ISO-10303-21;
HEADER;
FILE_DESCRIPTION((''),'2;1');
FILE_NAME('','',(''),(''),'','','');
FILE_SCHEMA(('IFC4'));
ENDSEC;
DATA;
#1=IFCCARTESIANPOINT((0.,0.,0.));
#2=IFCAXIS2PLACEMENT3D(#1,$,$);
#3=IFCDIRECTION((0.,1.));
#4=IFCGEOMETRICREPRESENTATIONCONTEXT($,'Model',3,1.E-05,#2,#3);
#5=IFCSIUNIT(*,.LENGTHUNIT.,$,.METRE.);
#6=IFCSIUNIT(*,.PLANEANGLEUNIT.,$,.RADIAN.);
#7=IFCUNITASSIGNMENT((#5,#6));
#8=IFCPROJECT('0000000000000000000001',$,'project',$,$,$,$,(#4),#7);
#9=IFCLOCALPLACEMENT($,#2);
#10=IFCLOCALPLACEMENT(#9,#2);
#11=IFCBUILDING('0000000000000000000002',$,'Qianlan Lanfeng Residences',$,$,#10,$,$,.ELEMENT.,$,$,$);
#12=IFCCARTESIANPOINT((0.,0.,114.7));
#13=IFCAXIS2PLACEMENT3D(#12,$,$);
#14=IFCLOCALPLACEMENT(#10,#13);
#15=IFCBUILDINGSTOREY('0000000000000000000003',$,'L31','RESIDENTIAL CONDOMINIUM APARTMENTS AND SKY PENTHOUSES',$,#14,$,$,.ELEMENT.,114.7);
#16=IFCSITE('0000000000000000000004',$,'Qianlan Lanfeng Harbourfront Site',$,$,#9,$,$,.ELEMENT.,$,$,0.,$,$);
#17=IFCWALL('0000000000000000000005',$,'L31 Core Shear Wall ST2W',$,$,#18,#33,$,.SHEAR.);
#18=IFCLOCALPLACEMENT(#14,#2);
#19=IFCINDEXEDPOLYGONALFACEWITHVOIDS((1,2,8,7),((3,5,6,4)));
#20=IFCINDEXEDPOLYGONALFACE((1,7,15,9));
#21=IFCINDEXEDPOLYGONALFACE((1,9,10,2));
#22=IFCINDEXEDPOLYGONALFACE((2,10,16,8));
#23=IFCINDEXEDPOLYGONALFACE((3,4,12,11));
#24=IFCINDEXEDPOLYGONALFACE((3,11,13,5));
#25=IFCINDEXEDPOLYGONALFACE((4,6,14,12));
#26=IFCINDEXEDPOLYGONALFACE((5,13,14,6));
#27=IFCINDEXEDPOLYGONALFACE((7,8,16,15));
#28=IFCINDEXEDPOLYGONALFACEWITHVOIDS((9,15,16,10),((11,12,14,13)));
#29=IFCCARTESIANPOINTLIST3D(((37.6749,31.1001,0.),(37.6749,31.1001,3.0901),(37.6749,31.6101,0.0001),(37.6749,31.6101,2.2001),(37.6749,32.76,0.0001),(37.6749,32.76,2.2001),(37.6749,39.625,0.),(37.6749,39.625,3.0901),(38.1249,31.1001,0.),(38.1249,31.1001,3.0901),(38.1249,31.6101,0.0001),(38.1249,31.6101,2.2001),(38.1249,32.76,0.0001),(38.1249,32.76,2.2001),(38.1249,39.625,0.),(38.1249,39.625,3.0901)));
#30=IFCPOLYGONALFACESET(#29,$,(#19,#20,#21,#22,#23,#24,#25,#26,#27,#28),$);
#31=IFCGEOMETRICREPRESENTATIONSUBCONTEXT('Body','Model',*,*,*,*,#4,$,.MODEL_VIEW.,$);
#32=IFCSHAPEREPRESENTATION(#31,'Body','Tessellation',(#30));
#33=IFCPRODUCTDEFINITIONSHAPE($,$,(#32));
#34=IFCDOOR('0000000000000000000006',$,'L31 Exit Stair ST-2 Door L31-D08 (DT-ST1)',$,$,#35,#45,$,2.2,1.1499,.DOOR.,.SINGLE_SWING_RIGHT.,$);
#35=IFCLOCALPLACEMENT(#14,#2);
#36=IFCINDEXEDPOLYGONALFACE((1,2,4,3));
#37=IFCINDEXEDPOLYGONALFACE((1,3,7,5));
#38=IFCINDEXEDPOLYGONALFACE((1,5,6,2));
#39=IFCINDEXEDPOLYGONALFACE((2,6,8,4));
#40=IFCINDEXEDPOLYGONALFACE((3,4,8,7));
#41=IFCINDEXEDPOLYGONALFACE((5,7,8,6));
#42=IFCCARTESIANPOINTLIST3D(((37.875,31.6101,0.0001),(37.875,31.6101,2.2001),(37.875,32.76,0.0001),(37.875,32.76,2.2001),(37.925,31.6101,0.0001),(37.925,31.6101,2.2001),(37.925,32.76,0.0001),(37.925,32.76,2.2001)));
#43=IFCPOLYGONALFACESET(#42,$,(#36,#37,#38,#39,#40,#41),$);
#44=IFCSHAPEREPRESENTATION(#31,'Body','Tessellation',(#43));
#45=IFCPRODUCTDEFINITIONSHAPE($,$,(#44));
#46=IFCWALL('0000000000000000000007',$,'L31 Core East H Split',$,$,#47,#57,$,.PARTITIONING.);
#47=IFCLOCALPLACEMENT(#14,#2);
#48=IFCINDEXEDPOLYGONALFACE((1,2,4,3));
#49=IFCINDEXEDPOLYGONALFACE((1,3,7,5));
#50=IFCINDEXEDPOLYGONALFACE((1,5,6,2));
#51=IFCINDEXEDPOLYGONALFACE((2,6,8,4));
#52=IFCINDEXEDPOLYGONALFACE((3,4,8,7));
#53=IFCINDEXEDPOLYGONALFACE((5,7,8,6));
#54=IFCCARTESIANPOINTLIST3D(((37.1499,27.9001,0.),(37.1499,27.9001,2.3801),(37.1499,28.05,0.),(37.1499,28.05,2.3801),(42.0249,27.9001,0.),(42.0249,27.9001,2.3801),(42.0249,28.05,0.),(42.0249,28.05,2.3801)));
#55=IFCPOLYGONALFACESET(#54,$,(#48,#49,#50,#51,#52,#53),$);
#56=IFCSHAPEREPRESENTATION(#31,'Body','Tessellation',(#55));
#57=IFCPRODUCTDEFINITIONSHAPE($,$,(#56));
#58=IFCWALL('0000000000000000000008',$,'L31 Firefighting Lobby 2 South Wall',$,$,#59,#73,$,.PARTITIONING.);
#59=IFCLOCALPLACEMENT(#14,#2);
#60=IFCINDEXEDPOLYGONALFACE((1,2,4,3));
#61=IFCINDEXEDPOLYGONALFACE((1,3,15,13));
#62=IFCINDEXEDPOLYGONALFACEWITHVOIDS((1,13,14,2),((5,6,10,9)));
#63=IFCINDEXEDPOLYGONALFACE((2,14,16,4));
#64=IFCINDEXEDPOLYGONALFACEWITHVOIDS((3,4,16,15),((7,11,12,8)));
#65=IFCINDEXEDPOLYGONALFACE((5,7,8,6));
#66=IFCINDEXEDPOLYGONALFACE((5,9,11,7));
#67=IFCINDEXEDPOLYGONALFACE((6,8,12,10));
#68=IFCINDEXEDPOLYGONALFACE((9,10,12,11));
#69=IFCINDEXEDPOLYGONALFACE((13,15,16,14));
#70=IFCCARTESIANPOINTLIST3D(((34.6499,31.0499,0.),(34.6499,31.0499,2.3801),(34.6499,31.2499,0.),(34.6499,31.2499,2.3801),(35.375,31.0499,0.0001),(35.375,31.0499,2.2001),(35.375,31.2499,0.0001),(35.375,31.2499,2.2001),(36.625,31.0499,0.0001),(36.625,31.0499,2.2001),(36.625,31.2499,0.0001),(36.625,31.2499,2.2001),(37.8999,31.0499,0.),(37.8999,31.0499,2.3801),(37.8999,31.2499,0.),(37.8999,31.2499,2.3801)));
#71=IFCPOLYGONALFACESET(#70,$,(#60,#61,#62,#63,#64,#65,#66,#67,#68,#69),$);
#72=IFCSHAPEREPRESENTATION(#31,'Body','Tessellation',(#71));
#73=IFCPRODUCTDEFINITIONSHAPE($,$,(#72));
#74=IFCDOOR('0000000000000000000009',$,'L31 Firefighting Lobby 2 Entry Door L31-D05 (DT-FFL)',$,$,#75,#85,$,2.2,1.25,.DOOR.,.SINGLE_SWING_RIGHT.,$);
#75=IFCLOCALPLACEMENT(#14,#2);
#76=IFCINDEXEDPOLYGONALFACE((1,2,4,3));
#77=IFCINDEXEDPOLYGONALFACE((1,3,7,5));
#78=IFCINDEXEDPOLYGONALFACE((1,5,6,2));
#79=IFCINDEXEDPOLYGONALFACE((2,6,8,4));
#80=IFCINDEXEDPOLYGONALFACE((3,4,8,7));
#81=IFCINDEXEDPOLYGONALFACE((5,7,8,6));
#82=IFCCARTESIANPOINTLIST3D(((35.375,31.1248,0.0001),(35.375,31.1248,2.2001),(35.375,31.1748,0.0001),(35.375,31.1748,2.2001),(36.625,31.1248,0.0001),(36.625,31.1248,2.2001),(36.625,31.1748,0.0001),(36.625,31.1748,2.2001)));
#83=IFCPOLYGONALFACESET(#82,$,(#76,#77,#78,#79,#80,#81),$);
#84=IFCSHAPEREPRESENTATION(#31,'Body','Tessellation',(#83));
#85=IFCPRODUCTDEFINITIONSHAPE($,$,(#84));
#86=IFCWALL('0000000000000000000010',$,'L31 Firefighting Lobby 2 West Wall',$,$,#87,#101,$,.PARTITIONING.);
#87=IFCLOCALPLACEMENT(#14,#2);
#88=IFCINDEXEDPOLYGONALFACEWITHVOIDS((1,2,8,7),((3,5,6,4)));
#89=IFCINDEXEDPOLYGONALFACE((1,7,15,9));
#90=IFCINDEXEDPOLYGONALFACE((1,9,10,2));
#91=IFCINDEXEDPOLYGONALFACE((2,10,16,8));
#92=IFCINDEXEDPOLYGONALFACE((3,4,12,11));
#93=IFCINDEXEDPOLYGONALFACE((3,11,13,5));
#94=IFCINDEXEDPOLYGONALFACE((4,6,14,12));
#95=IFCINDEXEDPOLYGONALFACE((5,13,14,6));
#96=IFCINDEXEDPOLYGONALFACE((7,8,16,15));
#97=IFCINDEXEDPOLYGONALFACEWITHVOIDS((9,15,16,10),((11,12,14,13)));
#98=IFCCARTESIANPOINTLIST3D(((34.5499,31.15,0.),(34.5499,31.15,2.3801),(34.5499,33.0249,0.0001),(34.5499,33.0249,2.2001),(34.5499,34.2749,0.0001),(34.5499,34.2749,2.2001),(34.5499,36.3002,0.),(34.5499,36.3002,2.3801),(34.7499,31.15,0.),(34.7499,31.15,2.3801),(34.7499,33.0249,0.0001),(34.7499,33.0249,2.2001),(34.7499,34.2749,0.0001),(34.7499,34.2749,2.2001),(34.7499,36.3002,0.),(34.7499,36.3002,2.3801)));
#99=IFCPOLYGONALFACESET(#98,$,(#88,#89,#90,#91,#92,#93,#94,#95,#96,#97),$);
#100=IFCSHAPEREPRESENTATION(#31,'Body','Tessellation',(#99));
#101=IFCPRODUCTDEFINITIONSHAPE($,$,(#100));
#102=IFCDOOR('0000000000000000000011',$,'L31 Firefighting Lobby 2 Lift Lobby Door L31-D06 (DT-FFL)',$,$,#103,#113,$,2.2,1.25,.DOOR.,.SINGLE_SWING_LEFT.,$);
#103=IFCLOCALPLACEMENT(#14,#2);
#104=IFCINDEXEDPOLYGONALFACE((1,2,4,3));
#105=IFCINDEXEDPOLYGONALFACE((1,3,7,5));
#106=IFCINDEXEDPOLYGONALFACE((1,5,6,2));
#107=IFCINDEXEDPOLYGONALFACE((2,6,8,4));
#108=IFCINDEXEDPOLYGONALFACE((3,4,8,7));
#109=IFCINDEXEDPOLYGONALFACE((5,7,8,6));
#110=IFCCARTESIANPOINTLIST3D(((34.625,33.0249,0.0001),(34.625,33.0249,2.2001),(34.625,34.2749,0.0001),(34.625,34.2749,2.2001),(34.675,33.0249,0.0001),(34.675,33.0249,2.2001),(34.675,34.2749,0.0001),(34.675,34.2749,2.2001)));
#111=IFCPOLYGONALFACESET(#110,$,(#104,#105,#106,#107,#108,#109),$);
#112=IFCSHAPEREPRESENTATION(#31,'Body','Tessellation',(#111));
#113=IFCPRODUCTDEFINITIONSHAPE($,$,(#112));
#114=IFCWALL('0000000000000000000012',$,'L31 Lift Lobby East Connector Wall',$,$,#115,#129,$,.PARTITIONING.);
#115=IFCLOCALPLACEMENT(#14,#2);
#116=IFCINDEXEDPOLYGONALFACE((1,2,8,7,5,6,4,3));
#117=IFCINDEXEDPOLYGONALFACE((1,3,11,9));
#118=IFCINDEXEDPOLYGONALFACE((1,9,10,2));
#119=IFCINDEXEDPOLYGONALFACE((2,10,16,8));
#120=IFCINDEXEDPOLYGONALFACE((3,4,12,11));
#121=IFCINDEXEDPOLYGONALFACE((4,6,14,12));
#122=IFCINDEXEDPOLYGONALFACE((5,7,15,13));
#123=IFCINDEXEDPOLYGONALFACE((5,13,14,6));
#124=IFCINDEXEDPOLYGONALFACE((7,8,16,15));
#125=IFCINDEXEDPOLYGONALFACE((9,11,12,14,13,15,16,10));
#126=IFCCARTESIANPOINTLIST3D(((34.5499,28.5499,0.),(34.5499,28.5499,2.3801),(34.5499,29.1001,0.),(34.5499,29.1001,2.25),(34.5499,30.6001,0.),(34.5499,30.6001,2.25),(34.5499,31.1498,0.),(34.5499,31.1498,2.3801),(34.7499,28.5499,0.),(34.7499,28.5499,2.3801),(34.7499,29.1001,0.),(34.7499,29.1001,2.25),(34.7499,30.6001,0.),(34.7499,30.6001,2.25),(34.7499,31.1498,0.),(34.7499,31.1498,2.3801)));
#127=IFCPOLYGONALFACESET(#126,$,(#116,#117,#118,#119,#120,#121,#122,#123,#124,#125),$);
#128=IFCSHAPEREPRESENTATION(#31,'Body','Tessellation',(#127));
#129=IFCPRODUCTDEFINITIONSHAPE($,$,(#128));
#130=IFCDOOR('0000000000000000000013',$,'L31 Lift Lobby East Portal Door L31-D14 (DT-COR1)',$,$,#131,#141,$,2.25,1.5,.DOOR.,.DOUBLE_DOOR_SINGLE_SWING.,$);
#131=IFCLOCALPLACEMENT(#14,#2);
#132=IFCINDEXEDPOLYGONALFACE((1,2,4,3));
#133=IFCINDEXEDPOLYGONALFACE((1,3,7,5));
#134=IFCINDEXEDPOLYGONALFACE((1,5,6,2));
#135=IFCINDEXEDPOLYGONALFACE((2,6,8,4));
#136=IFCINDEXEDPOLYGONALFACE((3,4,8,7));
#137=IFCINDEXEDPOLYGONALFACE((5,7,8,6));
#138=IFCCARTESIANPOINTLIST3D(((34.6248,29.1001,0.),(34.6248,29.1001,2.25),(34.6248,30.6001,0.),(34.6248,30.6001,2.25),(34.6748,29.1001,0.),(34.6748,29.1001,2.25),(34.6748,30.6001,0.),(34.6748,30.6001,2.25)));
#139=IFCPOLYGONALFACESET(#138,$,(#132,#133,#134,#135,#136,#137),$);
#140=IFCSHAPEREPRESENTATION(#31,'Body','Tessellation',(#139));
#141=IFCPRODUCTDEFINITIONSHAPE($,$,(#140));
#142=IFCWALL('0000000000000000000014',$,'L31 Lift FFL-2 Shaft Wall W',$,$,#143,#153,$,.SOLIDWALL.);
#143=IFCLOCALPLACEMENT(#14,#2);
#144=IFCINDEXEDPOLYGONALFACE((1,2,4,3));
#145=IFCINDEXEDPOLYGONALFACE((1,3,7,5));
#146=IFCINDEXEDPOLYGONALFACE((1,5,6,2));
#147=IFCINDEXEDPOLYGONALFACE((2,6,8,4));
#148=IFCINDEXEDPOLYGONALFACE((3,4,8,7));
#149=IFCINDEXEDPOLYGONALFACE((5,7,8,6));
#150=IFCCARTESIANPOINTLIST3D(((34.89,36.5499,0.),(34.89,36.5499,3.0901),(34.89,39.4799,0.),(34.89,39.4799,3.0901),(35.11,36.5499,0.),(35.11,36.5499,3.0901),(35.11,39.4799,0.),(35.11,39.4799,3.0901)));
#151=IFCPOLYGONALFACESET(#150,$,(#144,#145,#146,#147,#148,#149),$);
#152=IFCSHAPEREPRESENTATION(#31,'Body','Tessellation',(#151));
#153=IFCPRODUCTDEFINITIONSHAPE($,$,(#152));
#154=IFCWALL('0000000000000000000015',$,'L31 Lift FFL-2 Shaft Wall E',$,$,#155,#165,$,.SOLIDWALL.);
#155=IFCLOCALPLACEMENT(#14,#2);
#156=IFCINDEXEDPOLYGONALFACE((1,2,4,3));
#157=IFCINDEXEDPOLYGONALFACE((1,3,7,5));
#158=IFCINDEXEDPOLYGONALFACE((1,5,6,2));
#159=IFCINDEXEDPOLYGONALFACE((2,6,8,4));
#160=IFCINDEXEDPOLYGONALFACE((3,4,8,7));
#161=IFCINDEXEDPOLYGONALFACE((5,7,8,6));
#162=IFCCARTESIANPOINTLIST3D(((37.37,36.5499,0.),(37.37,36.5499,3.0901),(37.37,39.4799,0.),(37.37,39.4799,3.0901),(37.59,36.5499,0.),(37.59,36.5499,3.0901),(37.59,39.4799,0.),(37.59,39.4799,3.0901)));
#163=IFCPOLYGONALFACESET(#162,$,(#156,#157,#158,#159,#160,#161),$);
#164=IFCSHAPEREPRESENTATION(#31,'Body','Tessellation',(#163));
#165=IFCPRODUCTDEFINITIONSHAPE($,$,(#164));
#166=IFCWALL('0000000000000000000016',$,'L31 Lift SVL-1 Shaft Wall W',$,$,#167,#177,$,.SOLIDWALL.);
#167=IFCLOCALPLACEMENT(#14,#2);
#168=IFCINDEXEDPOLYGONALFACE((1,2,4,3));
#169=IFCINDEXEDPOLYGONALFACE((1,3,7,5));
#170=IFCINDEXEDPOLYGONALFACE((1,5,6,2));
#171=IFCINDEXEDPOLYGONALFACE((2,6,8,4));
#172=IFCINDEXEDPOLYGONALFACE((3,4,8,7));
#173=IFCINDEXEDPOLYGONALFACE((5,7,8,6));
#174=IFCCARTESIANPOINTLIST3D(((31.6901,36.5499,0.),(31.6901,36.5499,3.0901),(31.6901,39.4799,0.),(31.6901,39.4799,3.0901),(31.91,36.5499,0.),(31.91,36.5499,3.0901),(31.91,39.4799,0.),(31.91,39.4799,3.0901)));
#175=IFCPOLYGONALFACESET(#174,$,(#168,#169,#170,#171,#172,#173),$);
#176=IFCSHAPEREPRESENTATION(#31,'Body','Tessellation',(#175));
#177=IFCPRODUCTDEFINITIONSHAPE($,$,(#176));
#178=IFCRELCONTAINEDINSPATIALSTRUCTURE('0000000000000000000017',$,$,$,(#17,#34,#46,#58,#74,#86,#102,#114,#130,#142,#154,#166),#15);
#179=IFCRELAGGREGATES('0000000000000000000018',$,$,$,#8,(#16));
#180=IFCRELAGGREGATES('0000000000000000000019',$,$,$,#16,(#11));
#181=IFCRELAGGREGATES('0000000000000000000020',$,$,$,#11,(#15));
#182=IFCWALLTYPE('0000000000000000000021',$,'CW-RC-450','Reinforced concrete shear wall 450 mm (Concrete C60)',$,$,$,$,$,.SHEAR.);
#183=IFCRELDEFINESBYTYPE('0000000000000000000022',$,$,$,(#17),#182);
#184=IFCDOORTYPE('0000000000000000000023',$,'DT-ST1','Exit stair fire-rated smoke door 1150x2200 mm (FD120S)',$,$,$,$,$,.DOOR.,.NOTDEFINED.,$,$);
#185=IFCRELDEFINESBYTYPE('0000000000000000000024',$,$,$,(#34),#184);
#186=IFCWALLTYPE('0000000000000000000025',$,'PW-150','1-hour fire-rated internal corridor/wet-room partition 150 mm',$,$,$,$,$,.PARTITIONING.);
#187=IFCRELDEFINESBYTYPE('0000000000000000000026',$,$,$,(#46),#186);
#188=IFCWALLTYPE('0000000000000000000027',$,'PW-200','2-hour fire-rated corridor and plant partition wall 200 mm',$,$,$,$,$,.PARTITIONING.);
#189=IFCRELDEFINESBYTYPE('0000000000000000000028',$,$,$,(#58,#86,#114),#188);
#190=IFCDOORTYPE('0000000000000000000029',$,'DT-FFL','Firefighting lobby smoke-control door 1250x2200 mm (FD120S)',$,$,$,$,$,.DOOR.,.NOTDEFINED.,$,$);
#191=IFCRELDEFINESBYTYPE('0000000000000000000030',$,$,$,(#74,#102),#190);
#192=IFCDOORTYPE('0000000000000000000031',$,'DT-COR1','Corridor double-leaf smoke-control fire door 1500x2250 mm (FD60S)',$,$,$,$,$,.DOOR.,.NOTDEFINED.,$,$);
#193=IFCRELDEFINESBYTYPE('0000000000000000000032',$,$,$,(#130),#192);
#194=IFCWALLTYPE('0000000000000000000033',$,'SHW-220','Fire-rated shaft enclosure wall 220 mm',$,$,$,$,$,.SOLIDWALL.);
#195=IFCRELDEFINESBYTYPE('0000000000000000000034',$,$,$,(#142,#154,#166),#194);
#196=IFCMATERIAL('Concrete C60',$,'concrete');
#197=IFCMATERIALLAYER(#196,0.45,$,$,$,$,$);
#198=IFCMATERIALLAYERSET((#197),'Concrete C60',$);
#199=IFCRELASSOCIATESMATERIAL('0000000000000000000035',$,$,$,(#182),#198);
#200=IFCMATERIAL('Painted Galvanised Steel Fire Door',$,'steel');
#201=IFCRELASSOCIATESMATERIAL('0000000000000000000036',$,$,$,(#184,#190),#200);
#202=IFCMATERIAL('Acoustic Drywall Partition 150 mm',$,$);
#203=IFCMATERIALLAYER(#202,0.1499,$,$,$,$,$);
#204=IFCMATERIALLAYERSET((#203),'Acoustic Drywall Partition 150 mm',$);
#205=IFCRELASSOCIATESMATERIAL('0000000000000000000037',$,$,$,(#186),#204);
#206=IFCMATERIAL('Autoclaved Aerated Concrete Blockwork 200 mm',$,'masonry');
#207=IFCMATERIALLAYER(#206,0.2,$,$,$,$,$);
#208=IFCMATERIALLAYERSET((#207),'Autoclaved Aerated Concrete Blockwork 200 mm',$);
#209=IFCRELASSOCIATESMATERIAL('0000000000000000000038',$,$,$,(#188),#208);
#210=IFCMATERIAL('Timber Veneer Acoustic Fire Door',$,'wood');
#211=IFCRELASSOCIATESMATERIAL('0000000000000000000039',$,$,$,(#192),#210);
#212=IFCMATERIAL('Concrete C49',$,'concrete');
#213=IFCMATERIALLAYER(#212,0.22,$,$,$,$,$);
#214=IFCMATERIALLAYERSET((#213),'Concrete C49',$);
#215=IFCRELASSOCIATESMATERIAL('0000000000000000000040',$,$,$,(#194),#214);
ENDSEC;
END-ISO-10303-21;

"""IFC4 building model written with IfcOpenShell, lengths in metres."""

from ifc_helpers import new_model, si_unit, direction, frame, frame_2d, origin, place, context, subcontext, project, spatial, rectangle, extrude, material, layer, layer_set, type_object, element, fill, save


model = new_model("IFC4")

# Units and contexts
model_context = context("Model", 3, precision=1e-05, world=origin(), true_north=direction((0.0, 1.0)))
body_context = subcontext(model_context, "Body", "Model", "MODEL_VIEW")
ifc_project = project(units=[si_unit("LENGTHUNIT", "METRE"), si_unit("PLANEANGLEUNIT", "RADIAN")], contexts=[model_context])

# Site, building, storey
site_placement = place(None, origin())
site = spatial("IfcSite", under=ifc_project, at=site_placement, Name="Qianlan Lanfeng Harbourfront Site", CompositionType="ELEMENT", RefElevation=0.0)
building_placement = place(site_placement, origin())
building = spatial("IfcBuilding", under=site, at=building_placement, Name="Qianlan Lanfeng Residences", CompositionType="ELEMENT")
storey_placement = place(building_placement, frame((0.0, 0.0, 114.7)))
storey = spatial("IfcBuildingStorey", under=building, at=storey_placement, Name="L31", Description="RESIDENTIAL CONDOMINIUM APARTMENTS AND SKY PENTHOUSES", CompositionType="ELEMENT", Elevation=114.7)

# Wall, opening, door
ifc_material_1 = material(Name="Concrete C60", Category="concrete")
ifc_layer_1 = layer(ifc_material_1, 0.45)
ifc_layer_set_1 = layer_set([ifc_layer_1], Name="Concrete C60")
wall_type_1 = type_object("IfcWallType", Name="CW-RC-450", Description="Reinforced concrete shear wall 450 mm (Concrete C60)", PredefinedType="SHEAR", material=ifc_layer_set_1)
wall_1_placement = place(storey_placement, frame((37.8999, 31.1001, 0.0), z_axis=(0.0, 0.0, 1.0), x_axis=(0.0, 1.0, 0.0)))
wall_1 = element("IfcWall", 1, at=wall_1_placement, inside=storey, type_object=wall_type_1, Name="L31 Core Shear Wall ST2W", PredefinedType="SHEAR", context=body_context, shape_type="SweptSolid", body=[
    extrude(rectangle(XDim=8.5249, YDim=0.45, at=frame_2d((4.2625, 0.0))), origin(), (0.0, 0.0, 1.0), 3.0901),
])
opening_1_placement = place(wall_1_placement, frame((0.51, 0.0, 0.0)))
opening_1 = element("IfcOpeningElement", 2, at=opening_1_placement, cuts=wall_1, PredefinedType="OPENING", context=body_context, shape_type="SweptSolid", body=[
    extrude(rectangle(XDim=1.1499, YDim=2.2, at=frame_2d((0.575, 1.1001))), frame((0.0, 0.2349, 0.0), z_axis=(0.0, -1.0, 0.0), x_axis=(1.0, 0.0, 0.0)), (0.0, 0.0, 1.0), 0.47),
])
ifc_material_2 = material(Name="Painted Galvanised Steel Fire Door", Category="steel")
door_type_1 = type_object("IfcDoorType", Name="DT-ST1", Description="Exit stair fire-rated smoke door 1150x2200 mm (FD120S)", OperationType="NOTDEFINED", PredefinedType="DOOR", material=ifc_material_2)
door_1_placement = place(opening_1_placement, origin())
door_1 = element("IfcDoor", 3, at=door_1_placement, inside=storey, type_object=door_type_1, Name="L31 Exit Stair ST-2 Door L31-D08 (DT-ST1)", OperationType="SINGLE_SWING_RIGHT", OverallHeight=2.2, OverallWidth=1.1499, PredefinedType="DOOR", context=body_context, shape_type="SweptSolid", body=[
    extrude(rectangle(XDim=1.1499, YDim=2.2, at=frame_2d((0.575, 1.1001))), frame((0.0, 0.0249, 0.0), z_axis=(0.0, -1.0, 0.0), x_axis=(1.0, 0.0, 0.0)), (0.0, 0.0, 1.0), 0.05),
])
fill(opening_1, door_1)

# Wall
ifc_material_3 = material(Name="Acoustic Drywall Partition 150 mm")
ifc_layer_2 = layer(ifc_material_3, 0.1499)
ifc_layer_set_2 = layer_set([ifc_layer_2], Name="Acoustic Drywall Partition 150 mm")
wall_type_2 = type_object("IfcWallType", Name="PW-150", Description="1-hour fire-rated internal corridor/wet-room partition 150 mm", PredefinedType="PARTITIONING", material=ifc_layer_set_2)
wall_2_placement = place(storey_placement, frame((37.1499, 27.9751, 0.0), z_axis=(0.0, 0.0, 1.0), x_axis=(1.0, 0.0, 0.0)))
element("IfcWall", 4, at=wall_2_placement, inside=storey, type_object=wall_type_2, Name="L31 Core East H Split", PredefinedType="PARTITIONING", context=body_context, shape_type="SweptSolid", body=[
    extrude(rectangle(XDim=4.875, YDim=0.1499, at=frame_2d((2.4375, 0.0))), origin(), (0.0, 0.0, 1.0), 2.3801),
])

# Walls, openings, doors
ifc_material_4 = material(Name="Autoclaved Aerated Concrete Blockwork 200 mm", Category="masonry")
ifc_layer_3 = layer(ifc_material_4, 0.2)
ifc_layer_set_3 = layer_set([ifc_layer_3], Name="Autoclaved Aerated Concrete Blockwork 200 mm")
wall_type_3 = type_object("IfcWallType", Name="PW-200", Description="2-hour fire-rated corridor and plant partition wall 200 mm", PredefinedType="PARTITIONING", material=ifc_layer_set_3)
wall_3_placement = place(storey_placement, frame((34.6499, 31.1499, 0.0), z_axis=(0.0, 0.0, 1.0), x_axis=(1.0, 0.0, 0.0)))
wall_3 = element("IfcWall", 5, at=wall_3_placement, inside=storey, type_object=wall_type_3, Name="L31 Firefighting Lobby 2 South Wall", PredefinedType="PARTITIONING", context=body_context, shape_type="SweptSolid", body=[
    extrude(rectangle(XDim=3.25, YDim=0.2, at=frame_2d((1.625, 0.0))), origin(), (0.0, 0.0, 1.0), 2.3801),
])
opening_2_placement = place(wall_3_placement, frame((0.7251, 0.0, 0.0)))
opening_2 = element("IfcOpeningElement", 6, at=opening_2_placement, cuts=wall_3, PredefinedType="OPENING", context=body_context, shape_type="SweptSolid", body=[
    extrude(rectangle(XDim=1.25, YDim=2.2, at=frame_2d((0.625, 1.1001))), frame((0.0, 0.1099, 0.0), z_axis=(0.0, -1.0, 0.0), x_axis=(1.0, 0.0, 0.0)), (0.0, 0.0, 1.0), 0.22),
])
door_type_2 = type_object("IfcDoorType", Name="DT-FFL", Description="Firefighting lobby smoke-control door 1250x2200 mm (FD120S)", OperationType="NOTDEFINED", PredefinedType="DOOR", material=ifc_material_2)
door_2_placement = place(opening_2_placement, origin())
door_2 = element("IfcDoor", 7, at=door_2_placement, inside=storey, type_object=door_type_2, Name="L31 Firefighting Lobby 2 Entry Door L31-D05 (DT-FFL)", OperationType="SINGLE_SWING_RIGHT", OverallHeight=2.2, OverallWidth=1.25, PredefinedType="DOOR", context=body_context, shape_type="SweptSolid", body=[
    extrude(rectangle(XDim=1.25, YDim=2.2, at=frame_2d((0.625, 1.1001))), frame((0.0, 0.0249, 0.0), z_axis=(0.0, -1.0, 0.0), x_axis=(1.0, 0.0, 0.0)), (0.0, 0.0, 1.0), 0.05),
])
fill(opening_2, door_2)
wall_4_placement = place(storey_placement, frame((34.6499, 31.1499, 0.0), z_axis=(0.0, 0.0, 1.0), x_axis=(0.0, 1.0, 0.0)))
wall_4 = element("IfcWall", 8, at=wall_4_placement, inside=storey, type_object=wall_type_3, Name="L31 Firefighting Lobby 2 West Wall", PredefinedType="PARTITIONING", context=body_context, shape_type="SweptSolid", body=[
    extrude(rectangle(XDim=5.1501, YDim=0.2, at=frame_2d((2.5752, 0.0))), origin(), (0.0, 0.0, 1.0), 2.3801),
])
opening_3_placement = place(wall_4_placement, frame((1.875, 0.0, 0.0)))
opening_3 = element("IfcOpeningElement", 9, at=opening_3_placement, cuts=wall_4, PredefinedType="OPENING", context=body_context, shape_type="SweptSolid", body=[
    extrude(rectangle(XDim=1.25, YDim=2.2, at=frame_2d((0.625, 1.1001))), frame((0.0, 0.1099, 0.0), z_axis=(0.0, -1.0, 0.0), x_axis=(1.0, 0.0, 0.0)), (0.0, 0.0, 1.0), 0.22),
])
door_3_placement = place(opening_3_placement, origin())
door_3 = element("IfcDoor", 10, at=door_3_placement, inside=storey, type_object=door_type_2, Name="L31 Firefighting Lobby 2 Lift Lobby Door L31-D06 (DT-FFL)", OperationType="SINGLE_SWING_LEFT", OverallHeight=2.2, OverallWidth=1.25, PredefinedType="DOOR", context=body_context, shape_type="SweptSolid", body=[
    extrude(rectangle(XDim=1.25, YDim=2.2, at=frame_2d((0.625, 1.1001))), frame((0.0, 0.0249, 0.0), z_axis=(0.0, -1.0, 0.0), x_axis=(1.0, 0.0, 0.0)), (0.0, 0.0, 1.0), 0.05),
])
fill(opening_3, door_3)
wall_5_placement = place(storey_placement, frame((34.6499, 28.55, 0.0), z_axis=(0.0, 0.0, 1.0), x_axis=(0.0, 1.0, 0.0)))
wall_5 = element("IfcWall", 11, at=wall_5_placement, inside=storey, type_object=wall_type_3, Name="L31 Lift Lobby East Connector Wall", PredefinedType="PARTITIONING", context=body_context, shape_type="SweptSolid", body=[
    extrude(rectangle(XDim=2.5999, YDim=0.2, at=frame_2d((1.2998, 0.0))), origin(), (0.0, 0.0, 1.0), 2.3801),
])
opening_4_placement = place(wall_5_placement, frame((0.55, 0.0, 0.0)))
opening_4 = element("IfcOpeningElement", 12, at=opening_4_placement, cuts=wall_5, PredefinedType="OPENING", context=body_context, shape_type="SweptSolid", body=[
    extrude(rectangle(XDim=1.5, YDim=2.25, at=frame_2d((0.75, 1.125))), frame((0.0, 0.1099, 0.0), z_axis=(0.0, -1.0, 0.0), x_axis=(1.0, 0.0, 0.0)), (0.0, 0.0, 1.0), 0.22),
])
ifc_material_5 = material(Name="Timber Veneer Acoustic Fire Door", Category="wood")
door_type_3 = type_object("IfcDoorType", Name="DT-COR1", Description="Corridor double-leaf smoke-control fire door 1500x2250 mm (FD60S)", OperationType="NOTDEFINED", PredefinedType="DOOR", material=ifc_material_5)
door_4_placement = place(opening_4_placement, frame((1.5, 0.0, 0.0), z_axis=(0.0, 0.0, 1.0), x_axis=(-1.0, 0.0, 0.0)))
door_4 = element("IfcDoor", 13, at=door_4_placement, inside=storey, type_object=door_type_3, Name="L31 Lift Lobby East Portal Door L31-D14 (DT-COR1)", OperationType="DOUBLE_DOOR_SINGLE_SWING", OverallHeight=2.25, OverallWidth=1.5, PredefinedType="DOOR", context=body_context, shape_type="SweptSolid", body=[
    extrude(rectangle(XDim=1.5, YDim=2.25, at=frame_2d((0.75, 1.125))), frame((0.0, 0.0249, 0.0), z_axis=(0.0, -1.0, 0.0), x_axis=(1.0, 0.0, 0.0)), (0.0, 0.0, 1.0), 0.05),
])
fill(opening_4, door_4)

# Walls
ifc_material_6 = material(Name="Concrete C49", Category="concrete")
ifc_layer_4 = layer(ifc_material_6, 0.22)
ifc_layer_set_4 = layer_set([ifc_layer_4], Name="Concrete C49")
wall_type_4 = type_object("IfcWallType", Name="SHW-220", Description="Fire-rated shaft enclosure wall 220 mm", PredefinedType="SOLIDWALL", material=ifc_layer_set_4)
for number, where, z_axis, x_axis, name in (
    (14, (35.0, 36.55, 0.0), (0.0, 0.0, 1.0), (0.0, 1.0, 0.0), "L31 Lift FFL-2 Shaft Wall W"),
    (15, (37.48, 36.55, 0.0), (0.0, 0.0, 1.0), (0.0, 1.0, 0.0), "L31 Lift FFL-2 Shaft Wall E"),
    (16, (31.8, 36.55, 0.0), (0.0, 0.0, 1.0), (0.0, 1.0, 0.0), "L31 Lift SVL-1 Shaft Wall W"),
):
    element("IfcWall", number, at=place(storey_placement, frame(where, z_axis=z_axis, x_axis=x_axis)), inside=storey, type_object=wall_type_4, Name=name, PredefinedType="SOLIDWALL", context=body_context, shape_type="SweptSolid", body=[
        extrude(rectangle(XDim=2.9299, YDim=0.22, at=frame_2d((1.4648, 0.0))), origin(), (0.0, 0.0, 1.0), 3.0901),
    ])

save(model, "model.ifc")
